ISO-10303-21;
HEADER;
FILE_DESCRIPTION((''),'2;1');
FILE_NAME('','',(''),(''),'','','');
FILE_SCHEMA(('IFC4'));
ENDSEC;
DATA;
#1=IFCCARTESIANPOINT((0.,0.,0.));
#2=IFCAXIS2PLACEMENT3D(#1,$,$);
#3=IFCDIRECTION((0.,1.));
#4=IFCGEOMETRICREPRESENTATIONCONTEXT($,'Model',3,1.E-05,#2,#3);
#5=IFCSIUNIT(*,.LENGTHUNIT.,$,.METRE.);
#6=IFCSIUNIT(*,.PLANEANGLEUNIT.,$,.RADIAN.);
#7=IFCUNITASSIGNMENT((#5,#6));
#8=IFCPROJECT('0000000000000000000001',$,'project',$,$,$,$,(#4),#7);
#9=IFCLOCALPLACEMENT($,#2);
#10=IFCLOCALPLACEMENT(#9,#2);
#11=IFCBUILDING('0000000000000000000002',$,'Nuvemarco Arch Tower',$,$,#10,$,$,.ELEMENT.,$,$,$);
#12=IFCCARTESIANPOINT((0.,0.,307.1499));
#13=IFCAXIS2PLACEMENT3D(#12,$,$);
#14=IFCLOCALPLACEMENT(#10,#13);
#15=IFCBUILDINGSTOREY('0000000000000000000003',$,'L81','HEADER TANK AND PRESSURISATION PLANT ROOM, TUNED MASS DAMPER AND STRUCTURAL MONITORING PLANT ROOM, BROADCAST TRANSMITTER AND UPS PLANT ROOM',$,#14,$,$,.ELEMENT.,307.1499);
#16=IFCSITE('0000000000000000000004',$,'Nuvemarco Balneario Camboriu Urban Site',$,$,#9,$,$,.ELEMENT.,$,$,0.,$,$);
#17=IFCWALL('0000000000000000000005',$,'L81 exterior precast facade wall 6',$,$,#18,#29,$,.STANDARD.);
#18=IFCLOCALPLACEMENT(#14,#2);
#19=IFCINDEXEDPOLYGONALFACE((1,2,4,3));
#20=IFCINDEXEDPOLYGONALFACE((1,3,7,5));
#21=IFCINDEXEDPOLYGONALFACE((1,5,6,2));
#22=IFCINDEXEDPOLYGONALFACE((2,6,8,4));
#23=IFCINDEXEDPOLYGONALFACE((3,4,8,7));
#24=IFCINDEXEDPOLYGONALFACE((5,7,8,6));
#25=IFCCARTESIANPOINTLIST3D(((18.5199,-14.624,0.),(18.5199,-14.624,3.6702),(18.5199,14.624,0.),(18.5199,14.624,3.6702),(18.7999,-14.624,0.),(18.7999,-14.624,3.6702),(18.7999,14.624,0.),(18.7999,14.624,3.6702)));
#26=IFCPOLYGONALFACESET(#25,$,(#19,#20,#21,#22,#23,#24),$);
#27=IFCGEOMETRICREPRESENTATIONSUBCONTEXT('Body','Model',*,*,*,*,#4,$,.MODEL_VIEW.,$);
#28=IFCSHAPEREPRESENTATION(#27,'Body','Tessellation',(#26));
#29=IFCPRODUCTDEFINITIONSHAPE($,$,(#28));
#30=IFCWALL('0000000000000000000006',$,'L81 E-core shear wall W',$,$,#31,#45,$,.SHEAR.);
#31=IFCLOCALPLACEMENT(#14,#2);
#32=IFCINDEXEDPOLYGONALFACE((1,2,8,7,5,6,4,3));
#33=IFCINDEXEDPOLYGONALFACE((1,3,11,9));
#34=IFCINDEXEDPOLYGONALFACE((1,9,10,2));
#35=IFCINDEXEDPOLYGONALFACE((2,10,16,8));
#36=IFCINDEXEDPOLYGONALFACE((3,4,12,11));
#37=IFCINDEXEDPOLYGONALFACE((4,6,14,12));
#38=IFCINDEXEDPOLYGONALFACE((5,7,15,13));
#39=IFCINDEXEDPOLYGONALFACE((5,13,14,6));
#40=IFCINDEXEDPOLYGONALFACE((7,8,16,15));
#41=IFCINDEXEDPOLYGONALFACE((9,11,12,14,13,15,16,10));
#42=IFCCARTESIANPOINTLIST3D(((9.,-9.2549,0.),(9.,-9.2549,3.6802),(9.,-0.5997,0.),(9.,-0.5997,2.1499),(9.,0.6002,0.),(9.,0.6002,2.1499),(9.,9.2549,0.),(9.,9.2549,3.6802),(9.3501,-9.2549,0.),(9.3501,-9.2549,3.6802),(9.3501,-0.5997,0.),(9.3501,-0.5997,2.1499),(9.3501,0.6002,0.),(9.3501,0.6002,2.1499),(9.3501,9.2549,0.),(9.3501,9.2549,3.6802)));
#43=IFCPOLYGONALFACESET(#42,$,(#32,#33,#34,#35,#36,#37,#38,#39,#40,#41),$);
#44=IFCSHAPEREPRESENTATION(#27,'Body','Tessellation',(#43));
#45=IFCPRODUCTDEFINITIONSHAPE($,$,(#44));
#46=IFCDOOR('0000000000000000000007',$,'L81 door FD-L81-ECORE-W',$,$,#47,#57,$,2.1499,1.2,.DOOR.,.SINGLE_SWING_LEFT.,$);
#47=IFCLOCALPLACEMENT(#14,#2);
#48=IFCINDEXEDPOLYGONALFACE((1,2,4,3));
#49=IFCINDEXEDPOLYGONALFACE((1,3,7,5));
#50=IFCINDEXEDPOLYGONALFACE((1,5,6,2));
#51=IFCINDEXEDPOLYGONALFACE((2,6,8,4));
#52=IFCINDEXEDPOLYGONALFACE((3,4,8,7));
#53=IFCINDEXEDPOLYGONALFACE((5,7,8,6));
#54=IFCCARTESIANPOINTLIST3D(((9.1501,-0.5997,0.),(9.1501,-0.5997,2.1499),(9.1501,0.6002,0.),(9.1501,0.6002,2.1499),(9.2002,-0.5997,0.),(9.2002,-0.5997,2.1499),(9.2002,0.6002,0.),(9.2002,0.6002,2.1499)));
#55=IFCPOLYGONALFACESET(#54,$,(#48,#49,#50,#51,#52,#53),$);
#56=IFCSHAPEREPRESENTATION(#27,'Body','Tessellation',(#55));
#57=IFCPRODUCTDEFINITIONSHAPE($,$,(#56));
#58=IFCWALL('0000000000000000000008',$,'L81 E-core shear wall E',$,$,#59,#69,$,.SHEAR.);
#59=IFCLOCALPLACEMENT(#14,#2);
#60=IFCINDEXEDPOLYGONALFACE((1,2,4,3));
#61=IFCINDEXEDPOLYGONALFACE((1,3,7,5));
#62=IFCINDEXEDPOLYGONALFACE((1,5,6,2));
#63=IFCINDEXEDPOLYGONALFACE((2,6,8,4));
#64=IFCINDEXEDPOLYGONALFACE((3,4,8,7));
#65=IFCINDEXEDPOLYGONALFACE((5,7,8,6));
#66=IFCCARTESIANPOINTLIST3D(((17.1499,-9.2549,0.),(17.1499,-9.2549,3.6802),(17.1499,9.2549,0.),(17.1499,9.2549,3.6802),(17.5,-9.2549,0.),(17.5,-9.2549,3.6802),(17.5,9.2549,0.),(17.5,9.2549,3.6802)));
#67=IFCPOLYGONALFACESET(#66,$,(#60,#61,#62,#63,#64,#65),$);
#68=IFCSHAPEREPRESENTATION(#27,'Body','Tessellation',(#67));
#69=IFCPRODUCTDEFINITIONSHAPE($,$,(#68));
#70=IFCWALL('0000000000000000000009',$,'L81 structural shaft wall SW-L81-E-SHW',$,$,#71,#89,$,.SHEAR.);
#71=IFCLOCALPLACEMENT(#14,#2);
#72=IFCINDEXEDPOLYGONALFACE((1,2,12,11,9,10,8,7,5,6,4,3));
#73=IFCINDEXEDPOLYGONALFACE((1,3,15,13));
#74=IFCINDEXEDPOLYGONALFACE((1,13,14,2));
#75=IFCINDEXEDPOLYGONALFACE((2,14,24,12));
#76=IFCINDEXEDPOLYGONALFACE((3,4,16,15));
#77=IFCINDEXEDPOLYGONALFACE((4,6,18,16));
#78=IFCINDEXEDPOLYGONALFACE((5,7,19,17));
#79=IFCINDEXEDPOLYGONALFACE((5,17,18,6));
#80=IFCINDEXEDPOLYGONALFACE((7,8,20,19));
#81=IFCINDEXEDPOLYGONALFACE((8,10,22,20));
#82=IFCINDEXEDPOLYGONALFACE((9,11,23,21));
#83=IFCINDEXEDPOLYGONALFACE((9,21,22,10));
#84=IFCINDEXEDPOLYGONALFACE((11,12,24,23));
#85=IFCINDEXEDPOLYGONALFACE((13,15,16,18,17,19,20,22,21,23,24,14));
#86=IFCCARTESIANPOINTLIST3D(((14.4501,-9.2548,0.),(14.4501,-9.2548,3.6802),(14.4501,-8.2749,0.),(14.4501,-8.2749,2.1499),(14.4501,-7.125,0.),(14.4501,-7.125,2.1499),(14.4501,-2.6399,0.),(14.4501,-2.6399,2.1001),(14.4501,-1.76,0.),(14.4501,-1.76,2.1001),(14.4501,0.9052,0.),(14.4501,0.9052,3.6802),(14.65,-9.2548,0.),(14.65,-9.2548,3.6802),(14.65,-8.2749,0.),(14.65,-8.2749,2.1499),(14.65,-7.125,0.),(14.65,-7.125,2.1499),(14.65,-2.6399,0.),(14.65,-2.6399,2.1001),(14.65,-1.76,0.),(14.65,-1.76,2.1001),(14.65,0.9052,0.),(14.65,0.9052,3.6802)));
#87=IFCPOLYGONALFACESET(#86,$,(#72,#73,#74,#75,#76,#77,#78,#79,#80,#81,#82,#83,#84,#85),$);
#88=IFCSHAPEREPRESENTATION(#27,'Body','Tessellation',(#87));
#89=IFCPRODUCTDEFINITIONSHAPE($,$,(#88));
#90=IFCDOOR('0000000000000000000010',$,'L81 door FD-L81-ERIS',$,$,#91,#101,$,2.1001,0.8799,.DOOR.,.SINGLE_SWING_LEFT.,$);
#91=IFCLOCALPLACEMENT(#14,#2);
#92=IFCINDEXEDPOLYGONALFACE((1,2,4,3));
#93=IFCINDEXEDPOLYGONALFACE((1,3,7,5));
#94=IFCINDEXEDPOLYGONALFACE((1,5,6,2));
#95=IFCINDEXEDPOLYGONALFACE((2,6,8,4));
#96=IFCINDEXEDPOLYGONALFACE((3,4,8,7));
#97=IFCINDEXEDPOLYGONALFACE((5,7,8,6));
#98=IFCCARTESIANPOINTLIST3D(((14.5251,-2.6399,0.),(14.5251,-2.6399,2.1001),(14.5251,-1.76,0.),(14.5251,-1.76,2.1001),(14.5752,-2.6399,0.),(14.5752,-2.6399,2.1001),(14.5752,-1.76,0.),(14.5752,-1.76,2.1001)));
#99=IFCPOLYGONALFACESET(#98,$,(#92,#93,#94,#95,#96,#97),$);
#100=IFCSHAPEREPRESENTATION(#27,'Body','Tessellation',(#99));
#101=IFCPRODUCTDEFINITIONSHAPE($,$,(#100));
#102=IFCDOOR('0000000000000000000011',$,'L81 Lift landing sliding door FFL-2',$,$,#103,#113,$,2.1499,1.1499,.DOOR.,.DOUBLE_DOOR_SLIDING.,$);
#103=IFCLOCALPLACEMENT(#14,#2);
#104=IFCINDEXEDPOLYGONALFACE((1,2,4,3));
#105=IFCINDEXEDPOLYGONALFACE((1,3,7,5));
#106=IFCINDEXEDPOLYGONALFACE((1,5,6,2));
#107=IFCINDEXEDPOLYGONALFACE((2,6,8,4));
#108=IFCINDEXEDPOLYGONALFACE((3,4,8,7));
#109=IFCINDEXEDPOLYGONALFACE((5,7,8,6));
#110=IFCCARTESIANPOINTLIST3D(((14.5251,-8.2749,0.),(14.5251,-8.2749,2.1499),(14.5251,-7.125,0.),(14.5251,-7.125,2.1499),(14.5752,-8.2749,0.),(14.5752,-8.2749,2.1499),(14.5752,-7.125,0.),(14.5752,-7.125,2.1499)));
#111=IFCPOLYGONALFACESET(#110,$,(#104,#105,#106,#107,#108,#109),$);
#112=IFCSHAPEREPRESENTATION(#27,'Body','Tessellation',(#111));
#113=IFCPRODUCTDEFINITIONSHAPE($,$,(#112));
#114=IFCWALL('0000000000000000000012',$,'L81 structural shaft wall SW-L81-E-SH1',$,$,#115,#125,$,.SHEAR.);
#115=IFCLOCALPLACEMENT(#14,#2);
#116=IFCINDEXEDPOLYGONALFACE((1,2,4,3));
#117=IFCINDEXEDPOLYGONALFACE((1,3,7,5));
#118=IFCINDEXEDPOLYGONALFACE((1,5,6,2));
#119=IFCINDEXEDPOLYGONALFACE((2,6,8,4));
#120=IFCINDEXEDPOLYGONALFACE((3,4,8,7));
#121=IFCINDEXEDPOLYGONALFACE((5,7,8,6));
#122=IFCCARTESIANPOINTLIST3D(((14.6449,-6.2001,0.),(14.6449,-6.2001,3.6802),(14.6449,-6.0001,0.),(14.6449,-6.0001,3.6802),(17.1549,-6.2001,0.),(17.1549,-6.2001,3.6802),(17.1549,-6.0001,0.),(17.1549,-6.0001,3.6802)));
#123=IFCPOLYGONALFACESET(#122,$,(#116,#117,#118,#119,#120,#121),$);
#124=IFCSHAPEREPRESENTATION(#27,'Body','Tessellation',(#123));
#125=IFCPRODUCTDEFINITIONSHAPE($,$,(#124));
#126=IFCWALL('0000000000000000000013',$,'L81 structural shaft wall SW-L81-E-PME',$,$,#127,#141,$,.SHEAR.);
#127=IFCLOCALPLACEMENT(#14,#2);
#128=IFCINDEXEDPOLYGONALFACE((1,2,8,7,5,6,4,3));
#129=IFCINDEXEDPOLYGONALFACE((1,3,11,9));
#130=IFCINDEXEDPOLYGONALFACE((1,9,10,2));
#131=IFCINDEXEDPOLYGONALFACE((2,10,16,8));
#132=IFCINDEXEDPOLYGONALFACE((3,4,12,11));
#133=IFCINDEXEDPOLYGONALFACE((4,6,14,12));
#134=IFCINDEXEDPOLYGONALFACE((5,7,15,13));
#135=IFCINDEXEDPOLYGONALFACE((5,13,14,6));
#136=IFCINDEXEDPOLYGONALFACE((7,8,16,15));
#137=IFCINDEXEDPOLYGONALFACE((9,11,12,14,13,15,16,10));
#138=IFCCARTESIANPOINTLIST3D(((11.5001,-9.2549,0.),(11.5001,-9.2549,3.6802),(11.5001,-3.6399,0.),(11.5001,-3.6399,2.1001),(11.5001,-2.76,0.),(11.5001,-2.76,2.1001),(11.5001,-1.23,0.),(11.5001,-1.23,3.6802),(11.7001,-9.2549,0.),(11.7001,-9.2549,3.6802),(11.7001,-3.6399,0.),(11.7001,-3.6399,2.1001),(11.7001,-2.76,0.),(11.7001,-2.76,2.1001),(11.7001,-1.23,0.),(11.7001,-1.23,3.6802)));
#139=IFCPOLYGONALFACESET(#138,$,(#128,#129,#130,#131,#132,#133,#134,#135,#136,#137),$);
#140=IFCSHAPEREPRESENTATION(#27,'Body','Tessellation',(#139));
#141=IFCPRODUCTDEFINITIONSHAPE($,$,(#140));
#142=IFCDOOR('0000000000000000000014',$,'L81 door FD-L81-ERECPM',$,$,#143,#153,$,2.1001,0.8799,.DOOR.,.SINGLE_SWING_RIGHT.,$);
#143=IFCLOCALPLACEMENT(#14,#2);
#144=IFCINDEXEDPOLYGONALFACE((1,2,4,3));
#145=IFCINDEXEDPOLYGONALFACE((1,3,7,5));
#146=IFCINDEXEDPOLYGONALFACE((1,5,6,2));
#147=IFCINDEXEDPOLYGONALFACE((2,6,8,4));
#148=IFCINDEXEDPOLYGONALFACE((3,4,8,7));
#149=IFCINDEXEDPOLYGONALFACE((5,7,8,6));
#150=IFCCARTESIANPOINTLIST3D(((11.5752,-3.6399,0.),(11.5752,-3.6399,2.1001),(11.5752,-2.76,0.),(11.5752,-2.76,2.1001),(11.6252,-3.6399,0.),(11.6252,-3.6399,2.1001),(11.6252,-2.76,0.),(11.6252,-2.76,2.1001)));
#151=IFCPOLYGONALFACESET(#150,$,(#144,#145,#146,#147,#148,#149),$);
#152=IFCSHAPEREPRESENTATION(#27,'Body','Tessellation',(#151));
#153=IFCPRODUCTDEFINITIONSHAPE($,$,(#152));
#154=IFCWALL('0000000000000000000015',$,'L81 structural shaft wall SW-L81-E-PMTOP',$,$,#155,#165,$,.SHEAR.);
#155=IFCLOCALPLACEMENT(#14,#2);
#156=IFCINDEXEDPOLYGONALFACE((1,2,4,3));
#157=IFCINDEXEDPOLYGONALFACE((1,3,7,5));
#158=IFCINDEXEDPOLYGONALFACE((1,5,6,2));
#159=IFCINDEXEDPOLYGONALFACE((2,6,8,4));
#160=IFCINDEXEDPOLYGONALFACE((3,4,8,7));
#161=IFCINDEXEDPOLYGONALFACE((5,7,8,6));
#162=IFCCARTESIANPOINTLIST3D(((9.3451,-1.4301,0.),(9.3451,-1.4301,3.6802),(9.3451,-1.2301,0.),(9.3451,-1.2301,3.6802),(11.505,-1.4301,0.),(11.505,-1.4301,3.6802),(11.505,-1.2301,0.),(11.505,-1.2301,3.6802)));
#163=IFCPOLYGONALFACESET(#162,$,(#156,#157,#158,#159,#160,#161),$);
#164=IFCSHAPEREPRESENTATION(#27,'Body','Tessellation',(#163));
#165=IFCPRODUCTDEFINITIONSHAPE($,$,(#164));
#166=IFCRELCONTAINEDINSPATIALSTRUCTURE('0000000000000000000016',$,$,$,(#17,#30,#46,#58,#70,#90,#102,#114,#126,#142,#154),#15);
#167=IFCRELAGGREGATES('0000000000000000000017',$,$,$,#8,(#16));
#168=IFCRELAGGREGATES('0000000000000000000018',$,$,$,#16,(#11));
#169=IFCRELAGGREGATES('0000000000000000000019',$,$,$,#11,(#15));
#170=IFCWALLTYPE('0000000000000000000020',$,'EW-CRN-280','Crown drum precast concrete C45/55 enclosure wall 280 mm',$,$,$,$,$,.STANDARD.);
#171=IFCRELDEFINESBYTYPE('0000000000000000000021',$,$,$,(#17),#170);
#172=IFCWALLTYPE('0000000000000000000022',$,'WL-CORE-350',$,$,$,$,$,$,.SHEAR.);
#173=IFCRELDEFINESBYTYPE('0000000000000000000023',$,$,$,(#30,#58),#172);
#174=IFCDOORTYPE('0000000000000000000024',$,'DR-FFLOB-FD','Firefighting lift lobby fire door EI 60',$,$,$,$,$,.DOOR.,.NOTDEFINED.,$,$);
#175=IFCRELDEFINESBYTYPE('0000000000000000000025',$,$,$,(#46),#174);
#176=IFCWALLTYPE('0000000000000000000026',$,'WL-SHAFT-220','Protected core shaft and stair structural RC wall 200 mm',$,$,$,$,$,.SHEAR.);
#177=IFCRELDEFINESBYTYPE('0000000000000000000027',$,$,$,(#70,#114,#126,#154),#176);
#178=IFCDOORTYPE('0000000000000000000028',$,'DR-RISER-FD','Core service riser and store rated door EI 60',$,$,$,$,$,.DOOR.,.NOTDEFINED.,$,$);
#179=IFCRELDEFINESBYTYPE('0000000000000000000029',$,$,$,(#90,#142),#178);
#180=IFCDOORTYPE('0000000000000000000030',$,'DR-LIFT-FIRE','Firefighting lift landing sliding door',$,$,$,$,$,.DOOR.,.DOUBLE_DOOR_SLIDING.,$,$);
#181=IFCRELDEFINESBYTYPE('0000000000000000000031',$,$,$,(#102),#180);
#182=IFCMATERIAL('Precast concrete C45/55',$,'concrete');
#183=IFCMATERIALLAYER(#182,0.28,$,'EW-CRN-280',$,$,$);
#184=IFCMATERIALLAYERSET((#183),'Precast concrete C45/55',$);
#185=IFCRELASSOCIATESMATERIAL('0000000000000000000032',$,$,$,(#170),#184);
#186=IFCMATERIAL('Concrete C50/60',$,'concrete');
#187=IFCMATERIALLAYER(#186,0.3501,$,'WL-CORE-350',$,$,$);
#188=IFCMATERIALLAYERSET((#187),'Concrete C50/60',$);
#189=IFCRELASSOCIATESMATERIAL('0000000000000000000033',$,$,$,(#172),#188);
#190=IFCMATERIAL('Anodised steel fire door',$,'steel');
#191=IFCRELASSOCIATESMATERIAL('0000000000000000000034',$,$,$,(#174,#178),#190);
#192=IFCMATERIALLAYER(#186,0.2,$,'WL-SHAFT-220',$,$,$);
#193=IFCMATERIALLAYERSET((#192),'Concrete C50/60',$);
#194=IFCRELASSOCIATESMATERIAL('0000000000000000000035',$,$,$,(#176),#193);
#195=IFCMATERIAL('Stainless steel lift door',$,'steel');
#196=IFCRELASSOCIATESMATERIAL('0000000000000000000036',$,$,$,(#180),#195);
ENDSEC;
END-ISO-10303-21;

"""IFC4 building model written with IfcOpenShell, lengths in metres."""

from ifc_helpers import new_model, si_unit, direction, frame, frame_2d, origin, place, context, subcontext, project, spatial, rectangle, extrude, source, transform, mapped, material, layer, layer_set, type_object, type_shapes, element, fill, save


model = new_model("IFC4")

# Units and contexts
model_context = context("Model", 3, precision=1e-05, world=origin(), true_north=direction((0.0, 1.0)))
body_context = subcontext(model_context, "Body", "Model", "MODEL_VIEW")
ifc_project = project(units=[si_unit("LENGTHUNIT", "METRE"), si_unit("PLANEANGLEUNIT", "RADIAN")], contexts=[model_context])

# Site, building, storey
site_placement = place(None, origin())
site = spatial("IfcSite", under=ifc_project, at=site_placement, Name="Nuvemarco Balneario Camboriu Urban Site", CompositionType="ELEMENT", RefElevation=0.0)
building_placement = place(site_placement, origin())
building = spatial("IfcBuilding", under=site, at=building_placement, Name="Nuvemarco Arch Tower", CompositionType="ELEMENT")
storey_placement = place(building_placement, frame((0.0, 0.0, 307.1499)))
storey = spatial("IfcBuildingStorey", under=building, at=storey_placement, Name="L81", Description="HEADER TANK AND PRESSURISATION PLANT ROOM, TUNED MASS DAMPER AND STRUCTURAL MONITORING PLANT ROOM, BROADCAST TRANSMITTER AND UPS PLANT ROOM", CompositionType="ELEMENT", Elevation=307.1499)

# Shared definitions
ifc_material_1 = material(Name="Concrete C50/60", Category="concrete")

# Shared definitions
ifc_material_2 = material(Name="Precast concrete C45/55", Category="concrete")

# Wall
ifc_layer_1 = layer(ifc_material_2, 0.28, Name="EW-CRN-280")
ifc_layer_set_1 = layer_set([ifc_layer_1], Name="Precast concrete C45/55")
wall_type_1 = type_object("IfcWallType", Name="EW-CRN-280", Description="Crown drum precast concrete C45/55 enclosure wall 280 mm", PredefinedType="STANDARD", material=ifc_layer_set_1)
wall_1_placement = place(storey_placement, frame((18.6599, -14.624, 0.0), z_axis=(0.0, 0.0, 1.0), x_axis=(0.0, 1.0, 0.0)))
element("IfcWall", 1, at=wall_1_placement, inside=storey, type_object=wall_type_1, Name="L81 exterior precast facade wall 6", PredefinedType="STANDARD", context=body_context, shape_type="SweptSolid", body=[
    extrude(rectangle(XDim=29.248, YDim=0.28, at=frame_2d((14.624, 0.0))), origin(), (0.0, 0.0, 1.0), 3.6702),
])

# Wall, opening, door
ifc_layer_2 = layer(ifc_material_1, 0.3501, Name="WL-CORE-350")
ifc_layer_set_2 = layer_set([ifc_layer_2], Name="Concrete C50/60")
wall_type_2 = type_object("IfcWallType", Name="WL-CORE-350", PredefinedType="SHEAR", material=ifc_layer_set_2)
wall_2_placement = place(storey_placement, frame((9.175, -9.2549, 0.0), z_axis=(0.0, 0.0, 1.0), x_axis=(0.0, 1.0, 0.0)))
wall_2 = element("IfcWall", 2, at=wall_2_placement, inside=storey, type_object=wall_type_2, Name="L81 E-core shear wall W", PredefinedType="SHEAR", context=body_context, shape_type="SweptSolid", body=[
    extrude(rectangle(XDim=18.5098, YDim=0.3501, at=frame_2d((9.2549, 0.0))), origin(), (0.0, 0.0, 1.0), 3.6802),
])
opening_1_placement = place(wall_2_placement, frame((8.655, 0.0, 0.0)))
opening_1 = element("IfcOpeningElement", 3, at=opening_1_placement, cuts=wall_2, PredefinedType="OPENING", context=body_context, shape_type="SweptSolid", body=[
    extrude(rectangle(XDim=1.2, YDim=2.1499, at=frame_2d((0.6001, 1.075))), frame((0.0, 0.1851, 0.0), z_axis=(0.0, -1.0, 0.0), x_axis=(1.0, 0.0, 0.0)), (0.0, 0.0, 1.0), 0.3701),
])
ifc_material_3 = material(Name="Anodised steel fire door", Category="steel")
door_type_1 = type_object("IfcDoorType", Name="DR-FFLOB-FD", Description="Firefighting lift lobby fire door EI 60", OperationType="NOTDEFINED", PredefinedType="DOOR", material=ifc_material_3)
shared_shape_1 = source(origin(), body_context, "Body", "SweptSolid", [
    extrude(rectangle(XDim=1.2, YDim=2.1499, at=frame_2d((0.6001, 1.075))), frame((0.0, 0.0249, 0.0), z_axis=(0.0, -1.0, 0.0), x_axis=(1.0, 0.0, 0.0)), (0.0, 0.0, 1.0), 0.05),
])
type_shapes(door_type_1, [shared_shape_1])
door_1_placement = place(opening_1_placement, origin())
door_1 = element("IfcDoor", 4, at=door_1_placement, inside=storey, type_object=door_type_1, Name="L81 door FD-L81-ECORE-W", OperationType="SINGLE_SWING_LEFT", OverallHeight=2.1499, OverallWidth=1.2, PredefinedType="DOOR", context=body_context, shape_type="MappedRepresentation", body=[
    mapped(shared_shape_1, transform((0.0, 0.0, 0.0), scale=1.0)),
])
fill(opening_1, door_1)

# Wall
wall_3_placement = place(storey_placement, frame((17.325, -9.2549, 0.0), z_axis=(0.0, 0.0, 1.0), x_axis=(0.0, 1.0, 0.0)))
element("IfcWall", 5, at=wall_3_placement, inside=storey, type_object=wall_type_2, Name="L81 E-core shear wall E", PredefinedType="SHEAR", context=body_context, shape_type="SweptSolid", body=[
    extrude(rectangle(XDim=18.5098, YDim=0.3501, at=frame_2d((9.2549, 0.0))), origin(), (0.0, 0.0, 1.0), 3.6802),
])

# Wall, openings, doors
ifc_layer_3 = layer(ifc_material_1, 0.2, Name="WL-SHAFT-220")
ifc_layer_set_3 = layer_set([ifc_layer_3], Name="Concrete C50/60")
wall_type_3 = type_object("IfcWallType", Name="WL-SHAFT-220", Description="Protected core shaft and stair structural RC wall 200 mm", PredefinedType="SHEAR", material=ifc_layer_set_3)
wall_4_placement = place(storey_placement, frame((14.55, -9.2549, 0.0), z_axis=(0.0, 0.0, 1.0), x_axis=(0.0, 1.0, 0.0)))
wall_4 = element("IfcWall", 6, at=wall_4_placement, inside=storey, type_object=wall_type_3, Name="L81 structural shaft wall SW-L81-E-SHW", PredefinedType="SHEAR", context=body_context, shape_type="SweptSolid", body=[
    extrude(rectangle(XDim=10.1599, YDim=0.2, at=frame_2d((5.0801, 0.0))), origin(), (0.0, 0.0, 1.0), 3.6802),
])
opening_2_placement = place(wall_4_placement, frame((6.615, 0.0, 0.0)))
opening_2 = element("IfcOpeningElement", 7, at=opening_2_placement, cuts=wall_4, PredefinedType="OPENING", context=body_context, shape_type="SweptSolid", body=[
    extrude(rectangle(XDim=0.8799, YDim=2.1001, at=frame_2d((0.4399, 1.05))), frame((0.0, 0.1099, 0.0), z_axis=(0.0, -1.0, 0.0), x_axis=(1.0, 0.0, 0.0)), (0.0, 0.0, 1.0), 0.22),
])
opening_3_placement = place(wall_4_placement, frame((0.98, 0.0, 0.0)))
opening_3 = element("IfcOpeningElement", 8, at=opening_3_placement, cuts=wall_4, PredefinedType="OPENING", context=body_context, shape_type="SweptSolid", body=[
    extrude(rectangle(XDim=1.1499, YDim=2.1499, at=frame_2d((0.575, 1.075))), frame((0.0, 0.1099, 0.0), z_axis=(0.0, -1.0, 0.0), x_axis=(1.0, 0.0, 0.0)), (0.0, 0.0, 1.0), 0.22),
])
door_type_2 = type_object("IfcDoorType", Name="DR-RISER-FD", Description="Core service riser and store rated door EI 60", OperationType="NOTDEFINED", PredefinedType="DOOR", material=ifc_material_3)
shared_shape_2 = source(origin(), body_context, "Body", "SweptSolid", [
    extrude(rectangle(XDim=0.8799, YDim=2.1001, at=frame_2d((0.4399, 1.05))), frame((0.0, 0.0249, 0.0), z_axis=(0.0, -1.0, 0.0), x_axis=(1.0, 0.0, 0.0)), (0.0, 0.0, 1.0), 0.05),
])
type_shapes(door_type_2, [shared_shape_2])
door_2_placement = place(opening_2_placement, origin())
door_2 = element("IfcDoor", 9, at=door_2_placement, inside=storey, type_object=door_type_2, Name="L81 door FD-L81-ERIS", OperationType="SINGLE_SWING_LEFT", OverallHeight=2.1001, OverallWidth=0.8799, PredefinedType="DOOR", context=body_context, shape_type="MappedRepresentation", body=[
    mapped(shared_shape_2, transform((0.0, 0.0, 0.0), scale=1.0)),
])
fill(opening_2, door_2)
ifc_material_4 = material(Name="Stainless steel lift door", Category="steel")
door_type_3 = type_object("IfcDoorType", Name="DR-LIFT-FIRE", Description="Firefighting lift landing sliding door", OperationType="DOUBLE_DOOR_SLIDING", PredefinedType="DOOR", material=ifc_material_4)
shared_shape_3 = source(origin(), body_context, "Body", "SweptSolid", [
    extrude(rectangle(XDim=1.1499, YDim=2.1499, at=frame_2d((0.575, 1.075))), frame((0.0, 0.0249, 0.0), z_axis=(0.0, -1.0, 0.0), x_axis=(1.0, 0.0, 0.0)), (0.0, 0.0, 1.0), 0.05),
])
type_shapes(door_type_3, [shared_shape_3])
door_3_placement = place(opening_3_placement, origin())
door_3 = element("IfcDoor", 10, at=door_3_placement, inside=storey, type_object=door_type_3, Name="L81 Lift landing sliding door FFL-2", OperationType="DOUBLE_DOOR_SLIDING", OverallHeight=2.1499, OverallWidth=1.1499, PredefinedType="DOOR", context=body_context, shape_type="MappedRepresentation", body=[
    mapped(shared_shape_3, transform((0.0, 0.0, 0.0), scale=1.0)),
])
fill(opening_3, door_3)

# Wall
wall_5_placement = place(storey_placement, frame((14.645, -6.1001, 0.0), z_axis=(0.0, 0.0, 1.0), x_axis=(1.0, 0.0, 0.0)))
element("IfcWall", 11, at=wall_5_placement, inside=storey, type_object=wall_type_3, Name="L81 structural shaft wall SW-L81-E-SH1", PredefinedType="SHEAR", context=body_context, shape_type="SweptSolid", body=[
    extrude(rectangle(XDim=2.51, YDim=0.2, at=frame_2d((1.2549, 0.0))), origin(), (0.0, 0.0, 1.0), 3.6802),
])

# Wall, opening, door
wall_6_placement = place(storey_placement, frame((11.6001, -9.2549, 0.0), z_axis=(0.0, 0.0, 1.0), x_axis=(0.0, 1.0, 0.0)))
wall_6 = element("IfcWall", 12, at=wall_6_placement, inside=storey, type_object=wall_type_3, Name="L81 structural shaft wall SW-L81-E-PME", PredefinedType="SHEAR", context=body_context, shape_type="SweptSolid", body=[
    extrude(rectangle(XDim=8.0249, YDim=0.2, at=frame_2d((4.0125, 0.0))), origin(), (0.0, 0.0, 1.0), 3.6802),
])
opening_4_placement = place(wall_6_placement, frame((5.615, 0.0, 0.0)))
opening_4 = element("IfcOpeningElement", 13, at=opening_4_placement, cuts=wall_6, PredefinedType="OPENING", context=body_context, shape_type="SweptSolid", body=[
    extrude(rectangle(XDim=0.8799, YDim=2.1001, at=frame_2d((0.4399, 1.05))), frame((0.0, 0.1099, 0.0), z_axis=(0.0, -1.0, 0.0), x_axis=(1.0, 0.0, 0.0)), (0.0, 0.0, 1.0), 0.22),
])
door_4_placement = place(opening_4_placement, origin())
door_4 = element("IfcDoor", 14, at=door_4_placement, inside=storey, type_object=door_type_2, Name="L81 door FD-L81-ERECPM", OperationType="SINGLE_SWING_RIGHT", OverallHeight=2.1001, OverallWidth=0.8799, PredefinedType="DOOR", context=body_context, shape_type="MappedRepresentation", body=[
    mapped(shared_shape_2, transform((0.0, 0.0, 0.0), scale=1.0)),
])
fill(opening_4, door_4)

# Wall
wall_7_placement = place(storey_placement, frame((9.345, -1.3301, 0.0), z_axis=(0.0, 0.0, 1.0), x_axis=(1.0, 0.0, 0.0)))
element("IfcWall", 15, at=wall_7_placement, inside=storey, type_object=wall_type_3, Name="L81 structural shaft wall SW-L81-E-PMTOP", PredefinedType="SHEAR", context=body_context, shape_type="SweptSolid", body=[
    extrude(rectangle(XDim=2.1599, YDim=0.2, at=frame_2d((1.0801, 0.0))), origin(), (0.0, 0.0, 1.0), 3.6802),
])

save(model, "model.ifc")
